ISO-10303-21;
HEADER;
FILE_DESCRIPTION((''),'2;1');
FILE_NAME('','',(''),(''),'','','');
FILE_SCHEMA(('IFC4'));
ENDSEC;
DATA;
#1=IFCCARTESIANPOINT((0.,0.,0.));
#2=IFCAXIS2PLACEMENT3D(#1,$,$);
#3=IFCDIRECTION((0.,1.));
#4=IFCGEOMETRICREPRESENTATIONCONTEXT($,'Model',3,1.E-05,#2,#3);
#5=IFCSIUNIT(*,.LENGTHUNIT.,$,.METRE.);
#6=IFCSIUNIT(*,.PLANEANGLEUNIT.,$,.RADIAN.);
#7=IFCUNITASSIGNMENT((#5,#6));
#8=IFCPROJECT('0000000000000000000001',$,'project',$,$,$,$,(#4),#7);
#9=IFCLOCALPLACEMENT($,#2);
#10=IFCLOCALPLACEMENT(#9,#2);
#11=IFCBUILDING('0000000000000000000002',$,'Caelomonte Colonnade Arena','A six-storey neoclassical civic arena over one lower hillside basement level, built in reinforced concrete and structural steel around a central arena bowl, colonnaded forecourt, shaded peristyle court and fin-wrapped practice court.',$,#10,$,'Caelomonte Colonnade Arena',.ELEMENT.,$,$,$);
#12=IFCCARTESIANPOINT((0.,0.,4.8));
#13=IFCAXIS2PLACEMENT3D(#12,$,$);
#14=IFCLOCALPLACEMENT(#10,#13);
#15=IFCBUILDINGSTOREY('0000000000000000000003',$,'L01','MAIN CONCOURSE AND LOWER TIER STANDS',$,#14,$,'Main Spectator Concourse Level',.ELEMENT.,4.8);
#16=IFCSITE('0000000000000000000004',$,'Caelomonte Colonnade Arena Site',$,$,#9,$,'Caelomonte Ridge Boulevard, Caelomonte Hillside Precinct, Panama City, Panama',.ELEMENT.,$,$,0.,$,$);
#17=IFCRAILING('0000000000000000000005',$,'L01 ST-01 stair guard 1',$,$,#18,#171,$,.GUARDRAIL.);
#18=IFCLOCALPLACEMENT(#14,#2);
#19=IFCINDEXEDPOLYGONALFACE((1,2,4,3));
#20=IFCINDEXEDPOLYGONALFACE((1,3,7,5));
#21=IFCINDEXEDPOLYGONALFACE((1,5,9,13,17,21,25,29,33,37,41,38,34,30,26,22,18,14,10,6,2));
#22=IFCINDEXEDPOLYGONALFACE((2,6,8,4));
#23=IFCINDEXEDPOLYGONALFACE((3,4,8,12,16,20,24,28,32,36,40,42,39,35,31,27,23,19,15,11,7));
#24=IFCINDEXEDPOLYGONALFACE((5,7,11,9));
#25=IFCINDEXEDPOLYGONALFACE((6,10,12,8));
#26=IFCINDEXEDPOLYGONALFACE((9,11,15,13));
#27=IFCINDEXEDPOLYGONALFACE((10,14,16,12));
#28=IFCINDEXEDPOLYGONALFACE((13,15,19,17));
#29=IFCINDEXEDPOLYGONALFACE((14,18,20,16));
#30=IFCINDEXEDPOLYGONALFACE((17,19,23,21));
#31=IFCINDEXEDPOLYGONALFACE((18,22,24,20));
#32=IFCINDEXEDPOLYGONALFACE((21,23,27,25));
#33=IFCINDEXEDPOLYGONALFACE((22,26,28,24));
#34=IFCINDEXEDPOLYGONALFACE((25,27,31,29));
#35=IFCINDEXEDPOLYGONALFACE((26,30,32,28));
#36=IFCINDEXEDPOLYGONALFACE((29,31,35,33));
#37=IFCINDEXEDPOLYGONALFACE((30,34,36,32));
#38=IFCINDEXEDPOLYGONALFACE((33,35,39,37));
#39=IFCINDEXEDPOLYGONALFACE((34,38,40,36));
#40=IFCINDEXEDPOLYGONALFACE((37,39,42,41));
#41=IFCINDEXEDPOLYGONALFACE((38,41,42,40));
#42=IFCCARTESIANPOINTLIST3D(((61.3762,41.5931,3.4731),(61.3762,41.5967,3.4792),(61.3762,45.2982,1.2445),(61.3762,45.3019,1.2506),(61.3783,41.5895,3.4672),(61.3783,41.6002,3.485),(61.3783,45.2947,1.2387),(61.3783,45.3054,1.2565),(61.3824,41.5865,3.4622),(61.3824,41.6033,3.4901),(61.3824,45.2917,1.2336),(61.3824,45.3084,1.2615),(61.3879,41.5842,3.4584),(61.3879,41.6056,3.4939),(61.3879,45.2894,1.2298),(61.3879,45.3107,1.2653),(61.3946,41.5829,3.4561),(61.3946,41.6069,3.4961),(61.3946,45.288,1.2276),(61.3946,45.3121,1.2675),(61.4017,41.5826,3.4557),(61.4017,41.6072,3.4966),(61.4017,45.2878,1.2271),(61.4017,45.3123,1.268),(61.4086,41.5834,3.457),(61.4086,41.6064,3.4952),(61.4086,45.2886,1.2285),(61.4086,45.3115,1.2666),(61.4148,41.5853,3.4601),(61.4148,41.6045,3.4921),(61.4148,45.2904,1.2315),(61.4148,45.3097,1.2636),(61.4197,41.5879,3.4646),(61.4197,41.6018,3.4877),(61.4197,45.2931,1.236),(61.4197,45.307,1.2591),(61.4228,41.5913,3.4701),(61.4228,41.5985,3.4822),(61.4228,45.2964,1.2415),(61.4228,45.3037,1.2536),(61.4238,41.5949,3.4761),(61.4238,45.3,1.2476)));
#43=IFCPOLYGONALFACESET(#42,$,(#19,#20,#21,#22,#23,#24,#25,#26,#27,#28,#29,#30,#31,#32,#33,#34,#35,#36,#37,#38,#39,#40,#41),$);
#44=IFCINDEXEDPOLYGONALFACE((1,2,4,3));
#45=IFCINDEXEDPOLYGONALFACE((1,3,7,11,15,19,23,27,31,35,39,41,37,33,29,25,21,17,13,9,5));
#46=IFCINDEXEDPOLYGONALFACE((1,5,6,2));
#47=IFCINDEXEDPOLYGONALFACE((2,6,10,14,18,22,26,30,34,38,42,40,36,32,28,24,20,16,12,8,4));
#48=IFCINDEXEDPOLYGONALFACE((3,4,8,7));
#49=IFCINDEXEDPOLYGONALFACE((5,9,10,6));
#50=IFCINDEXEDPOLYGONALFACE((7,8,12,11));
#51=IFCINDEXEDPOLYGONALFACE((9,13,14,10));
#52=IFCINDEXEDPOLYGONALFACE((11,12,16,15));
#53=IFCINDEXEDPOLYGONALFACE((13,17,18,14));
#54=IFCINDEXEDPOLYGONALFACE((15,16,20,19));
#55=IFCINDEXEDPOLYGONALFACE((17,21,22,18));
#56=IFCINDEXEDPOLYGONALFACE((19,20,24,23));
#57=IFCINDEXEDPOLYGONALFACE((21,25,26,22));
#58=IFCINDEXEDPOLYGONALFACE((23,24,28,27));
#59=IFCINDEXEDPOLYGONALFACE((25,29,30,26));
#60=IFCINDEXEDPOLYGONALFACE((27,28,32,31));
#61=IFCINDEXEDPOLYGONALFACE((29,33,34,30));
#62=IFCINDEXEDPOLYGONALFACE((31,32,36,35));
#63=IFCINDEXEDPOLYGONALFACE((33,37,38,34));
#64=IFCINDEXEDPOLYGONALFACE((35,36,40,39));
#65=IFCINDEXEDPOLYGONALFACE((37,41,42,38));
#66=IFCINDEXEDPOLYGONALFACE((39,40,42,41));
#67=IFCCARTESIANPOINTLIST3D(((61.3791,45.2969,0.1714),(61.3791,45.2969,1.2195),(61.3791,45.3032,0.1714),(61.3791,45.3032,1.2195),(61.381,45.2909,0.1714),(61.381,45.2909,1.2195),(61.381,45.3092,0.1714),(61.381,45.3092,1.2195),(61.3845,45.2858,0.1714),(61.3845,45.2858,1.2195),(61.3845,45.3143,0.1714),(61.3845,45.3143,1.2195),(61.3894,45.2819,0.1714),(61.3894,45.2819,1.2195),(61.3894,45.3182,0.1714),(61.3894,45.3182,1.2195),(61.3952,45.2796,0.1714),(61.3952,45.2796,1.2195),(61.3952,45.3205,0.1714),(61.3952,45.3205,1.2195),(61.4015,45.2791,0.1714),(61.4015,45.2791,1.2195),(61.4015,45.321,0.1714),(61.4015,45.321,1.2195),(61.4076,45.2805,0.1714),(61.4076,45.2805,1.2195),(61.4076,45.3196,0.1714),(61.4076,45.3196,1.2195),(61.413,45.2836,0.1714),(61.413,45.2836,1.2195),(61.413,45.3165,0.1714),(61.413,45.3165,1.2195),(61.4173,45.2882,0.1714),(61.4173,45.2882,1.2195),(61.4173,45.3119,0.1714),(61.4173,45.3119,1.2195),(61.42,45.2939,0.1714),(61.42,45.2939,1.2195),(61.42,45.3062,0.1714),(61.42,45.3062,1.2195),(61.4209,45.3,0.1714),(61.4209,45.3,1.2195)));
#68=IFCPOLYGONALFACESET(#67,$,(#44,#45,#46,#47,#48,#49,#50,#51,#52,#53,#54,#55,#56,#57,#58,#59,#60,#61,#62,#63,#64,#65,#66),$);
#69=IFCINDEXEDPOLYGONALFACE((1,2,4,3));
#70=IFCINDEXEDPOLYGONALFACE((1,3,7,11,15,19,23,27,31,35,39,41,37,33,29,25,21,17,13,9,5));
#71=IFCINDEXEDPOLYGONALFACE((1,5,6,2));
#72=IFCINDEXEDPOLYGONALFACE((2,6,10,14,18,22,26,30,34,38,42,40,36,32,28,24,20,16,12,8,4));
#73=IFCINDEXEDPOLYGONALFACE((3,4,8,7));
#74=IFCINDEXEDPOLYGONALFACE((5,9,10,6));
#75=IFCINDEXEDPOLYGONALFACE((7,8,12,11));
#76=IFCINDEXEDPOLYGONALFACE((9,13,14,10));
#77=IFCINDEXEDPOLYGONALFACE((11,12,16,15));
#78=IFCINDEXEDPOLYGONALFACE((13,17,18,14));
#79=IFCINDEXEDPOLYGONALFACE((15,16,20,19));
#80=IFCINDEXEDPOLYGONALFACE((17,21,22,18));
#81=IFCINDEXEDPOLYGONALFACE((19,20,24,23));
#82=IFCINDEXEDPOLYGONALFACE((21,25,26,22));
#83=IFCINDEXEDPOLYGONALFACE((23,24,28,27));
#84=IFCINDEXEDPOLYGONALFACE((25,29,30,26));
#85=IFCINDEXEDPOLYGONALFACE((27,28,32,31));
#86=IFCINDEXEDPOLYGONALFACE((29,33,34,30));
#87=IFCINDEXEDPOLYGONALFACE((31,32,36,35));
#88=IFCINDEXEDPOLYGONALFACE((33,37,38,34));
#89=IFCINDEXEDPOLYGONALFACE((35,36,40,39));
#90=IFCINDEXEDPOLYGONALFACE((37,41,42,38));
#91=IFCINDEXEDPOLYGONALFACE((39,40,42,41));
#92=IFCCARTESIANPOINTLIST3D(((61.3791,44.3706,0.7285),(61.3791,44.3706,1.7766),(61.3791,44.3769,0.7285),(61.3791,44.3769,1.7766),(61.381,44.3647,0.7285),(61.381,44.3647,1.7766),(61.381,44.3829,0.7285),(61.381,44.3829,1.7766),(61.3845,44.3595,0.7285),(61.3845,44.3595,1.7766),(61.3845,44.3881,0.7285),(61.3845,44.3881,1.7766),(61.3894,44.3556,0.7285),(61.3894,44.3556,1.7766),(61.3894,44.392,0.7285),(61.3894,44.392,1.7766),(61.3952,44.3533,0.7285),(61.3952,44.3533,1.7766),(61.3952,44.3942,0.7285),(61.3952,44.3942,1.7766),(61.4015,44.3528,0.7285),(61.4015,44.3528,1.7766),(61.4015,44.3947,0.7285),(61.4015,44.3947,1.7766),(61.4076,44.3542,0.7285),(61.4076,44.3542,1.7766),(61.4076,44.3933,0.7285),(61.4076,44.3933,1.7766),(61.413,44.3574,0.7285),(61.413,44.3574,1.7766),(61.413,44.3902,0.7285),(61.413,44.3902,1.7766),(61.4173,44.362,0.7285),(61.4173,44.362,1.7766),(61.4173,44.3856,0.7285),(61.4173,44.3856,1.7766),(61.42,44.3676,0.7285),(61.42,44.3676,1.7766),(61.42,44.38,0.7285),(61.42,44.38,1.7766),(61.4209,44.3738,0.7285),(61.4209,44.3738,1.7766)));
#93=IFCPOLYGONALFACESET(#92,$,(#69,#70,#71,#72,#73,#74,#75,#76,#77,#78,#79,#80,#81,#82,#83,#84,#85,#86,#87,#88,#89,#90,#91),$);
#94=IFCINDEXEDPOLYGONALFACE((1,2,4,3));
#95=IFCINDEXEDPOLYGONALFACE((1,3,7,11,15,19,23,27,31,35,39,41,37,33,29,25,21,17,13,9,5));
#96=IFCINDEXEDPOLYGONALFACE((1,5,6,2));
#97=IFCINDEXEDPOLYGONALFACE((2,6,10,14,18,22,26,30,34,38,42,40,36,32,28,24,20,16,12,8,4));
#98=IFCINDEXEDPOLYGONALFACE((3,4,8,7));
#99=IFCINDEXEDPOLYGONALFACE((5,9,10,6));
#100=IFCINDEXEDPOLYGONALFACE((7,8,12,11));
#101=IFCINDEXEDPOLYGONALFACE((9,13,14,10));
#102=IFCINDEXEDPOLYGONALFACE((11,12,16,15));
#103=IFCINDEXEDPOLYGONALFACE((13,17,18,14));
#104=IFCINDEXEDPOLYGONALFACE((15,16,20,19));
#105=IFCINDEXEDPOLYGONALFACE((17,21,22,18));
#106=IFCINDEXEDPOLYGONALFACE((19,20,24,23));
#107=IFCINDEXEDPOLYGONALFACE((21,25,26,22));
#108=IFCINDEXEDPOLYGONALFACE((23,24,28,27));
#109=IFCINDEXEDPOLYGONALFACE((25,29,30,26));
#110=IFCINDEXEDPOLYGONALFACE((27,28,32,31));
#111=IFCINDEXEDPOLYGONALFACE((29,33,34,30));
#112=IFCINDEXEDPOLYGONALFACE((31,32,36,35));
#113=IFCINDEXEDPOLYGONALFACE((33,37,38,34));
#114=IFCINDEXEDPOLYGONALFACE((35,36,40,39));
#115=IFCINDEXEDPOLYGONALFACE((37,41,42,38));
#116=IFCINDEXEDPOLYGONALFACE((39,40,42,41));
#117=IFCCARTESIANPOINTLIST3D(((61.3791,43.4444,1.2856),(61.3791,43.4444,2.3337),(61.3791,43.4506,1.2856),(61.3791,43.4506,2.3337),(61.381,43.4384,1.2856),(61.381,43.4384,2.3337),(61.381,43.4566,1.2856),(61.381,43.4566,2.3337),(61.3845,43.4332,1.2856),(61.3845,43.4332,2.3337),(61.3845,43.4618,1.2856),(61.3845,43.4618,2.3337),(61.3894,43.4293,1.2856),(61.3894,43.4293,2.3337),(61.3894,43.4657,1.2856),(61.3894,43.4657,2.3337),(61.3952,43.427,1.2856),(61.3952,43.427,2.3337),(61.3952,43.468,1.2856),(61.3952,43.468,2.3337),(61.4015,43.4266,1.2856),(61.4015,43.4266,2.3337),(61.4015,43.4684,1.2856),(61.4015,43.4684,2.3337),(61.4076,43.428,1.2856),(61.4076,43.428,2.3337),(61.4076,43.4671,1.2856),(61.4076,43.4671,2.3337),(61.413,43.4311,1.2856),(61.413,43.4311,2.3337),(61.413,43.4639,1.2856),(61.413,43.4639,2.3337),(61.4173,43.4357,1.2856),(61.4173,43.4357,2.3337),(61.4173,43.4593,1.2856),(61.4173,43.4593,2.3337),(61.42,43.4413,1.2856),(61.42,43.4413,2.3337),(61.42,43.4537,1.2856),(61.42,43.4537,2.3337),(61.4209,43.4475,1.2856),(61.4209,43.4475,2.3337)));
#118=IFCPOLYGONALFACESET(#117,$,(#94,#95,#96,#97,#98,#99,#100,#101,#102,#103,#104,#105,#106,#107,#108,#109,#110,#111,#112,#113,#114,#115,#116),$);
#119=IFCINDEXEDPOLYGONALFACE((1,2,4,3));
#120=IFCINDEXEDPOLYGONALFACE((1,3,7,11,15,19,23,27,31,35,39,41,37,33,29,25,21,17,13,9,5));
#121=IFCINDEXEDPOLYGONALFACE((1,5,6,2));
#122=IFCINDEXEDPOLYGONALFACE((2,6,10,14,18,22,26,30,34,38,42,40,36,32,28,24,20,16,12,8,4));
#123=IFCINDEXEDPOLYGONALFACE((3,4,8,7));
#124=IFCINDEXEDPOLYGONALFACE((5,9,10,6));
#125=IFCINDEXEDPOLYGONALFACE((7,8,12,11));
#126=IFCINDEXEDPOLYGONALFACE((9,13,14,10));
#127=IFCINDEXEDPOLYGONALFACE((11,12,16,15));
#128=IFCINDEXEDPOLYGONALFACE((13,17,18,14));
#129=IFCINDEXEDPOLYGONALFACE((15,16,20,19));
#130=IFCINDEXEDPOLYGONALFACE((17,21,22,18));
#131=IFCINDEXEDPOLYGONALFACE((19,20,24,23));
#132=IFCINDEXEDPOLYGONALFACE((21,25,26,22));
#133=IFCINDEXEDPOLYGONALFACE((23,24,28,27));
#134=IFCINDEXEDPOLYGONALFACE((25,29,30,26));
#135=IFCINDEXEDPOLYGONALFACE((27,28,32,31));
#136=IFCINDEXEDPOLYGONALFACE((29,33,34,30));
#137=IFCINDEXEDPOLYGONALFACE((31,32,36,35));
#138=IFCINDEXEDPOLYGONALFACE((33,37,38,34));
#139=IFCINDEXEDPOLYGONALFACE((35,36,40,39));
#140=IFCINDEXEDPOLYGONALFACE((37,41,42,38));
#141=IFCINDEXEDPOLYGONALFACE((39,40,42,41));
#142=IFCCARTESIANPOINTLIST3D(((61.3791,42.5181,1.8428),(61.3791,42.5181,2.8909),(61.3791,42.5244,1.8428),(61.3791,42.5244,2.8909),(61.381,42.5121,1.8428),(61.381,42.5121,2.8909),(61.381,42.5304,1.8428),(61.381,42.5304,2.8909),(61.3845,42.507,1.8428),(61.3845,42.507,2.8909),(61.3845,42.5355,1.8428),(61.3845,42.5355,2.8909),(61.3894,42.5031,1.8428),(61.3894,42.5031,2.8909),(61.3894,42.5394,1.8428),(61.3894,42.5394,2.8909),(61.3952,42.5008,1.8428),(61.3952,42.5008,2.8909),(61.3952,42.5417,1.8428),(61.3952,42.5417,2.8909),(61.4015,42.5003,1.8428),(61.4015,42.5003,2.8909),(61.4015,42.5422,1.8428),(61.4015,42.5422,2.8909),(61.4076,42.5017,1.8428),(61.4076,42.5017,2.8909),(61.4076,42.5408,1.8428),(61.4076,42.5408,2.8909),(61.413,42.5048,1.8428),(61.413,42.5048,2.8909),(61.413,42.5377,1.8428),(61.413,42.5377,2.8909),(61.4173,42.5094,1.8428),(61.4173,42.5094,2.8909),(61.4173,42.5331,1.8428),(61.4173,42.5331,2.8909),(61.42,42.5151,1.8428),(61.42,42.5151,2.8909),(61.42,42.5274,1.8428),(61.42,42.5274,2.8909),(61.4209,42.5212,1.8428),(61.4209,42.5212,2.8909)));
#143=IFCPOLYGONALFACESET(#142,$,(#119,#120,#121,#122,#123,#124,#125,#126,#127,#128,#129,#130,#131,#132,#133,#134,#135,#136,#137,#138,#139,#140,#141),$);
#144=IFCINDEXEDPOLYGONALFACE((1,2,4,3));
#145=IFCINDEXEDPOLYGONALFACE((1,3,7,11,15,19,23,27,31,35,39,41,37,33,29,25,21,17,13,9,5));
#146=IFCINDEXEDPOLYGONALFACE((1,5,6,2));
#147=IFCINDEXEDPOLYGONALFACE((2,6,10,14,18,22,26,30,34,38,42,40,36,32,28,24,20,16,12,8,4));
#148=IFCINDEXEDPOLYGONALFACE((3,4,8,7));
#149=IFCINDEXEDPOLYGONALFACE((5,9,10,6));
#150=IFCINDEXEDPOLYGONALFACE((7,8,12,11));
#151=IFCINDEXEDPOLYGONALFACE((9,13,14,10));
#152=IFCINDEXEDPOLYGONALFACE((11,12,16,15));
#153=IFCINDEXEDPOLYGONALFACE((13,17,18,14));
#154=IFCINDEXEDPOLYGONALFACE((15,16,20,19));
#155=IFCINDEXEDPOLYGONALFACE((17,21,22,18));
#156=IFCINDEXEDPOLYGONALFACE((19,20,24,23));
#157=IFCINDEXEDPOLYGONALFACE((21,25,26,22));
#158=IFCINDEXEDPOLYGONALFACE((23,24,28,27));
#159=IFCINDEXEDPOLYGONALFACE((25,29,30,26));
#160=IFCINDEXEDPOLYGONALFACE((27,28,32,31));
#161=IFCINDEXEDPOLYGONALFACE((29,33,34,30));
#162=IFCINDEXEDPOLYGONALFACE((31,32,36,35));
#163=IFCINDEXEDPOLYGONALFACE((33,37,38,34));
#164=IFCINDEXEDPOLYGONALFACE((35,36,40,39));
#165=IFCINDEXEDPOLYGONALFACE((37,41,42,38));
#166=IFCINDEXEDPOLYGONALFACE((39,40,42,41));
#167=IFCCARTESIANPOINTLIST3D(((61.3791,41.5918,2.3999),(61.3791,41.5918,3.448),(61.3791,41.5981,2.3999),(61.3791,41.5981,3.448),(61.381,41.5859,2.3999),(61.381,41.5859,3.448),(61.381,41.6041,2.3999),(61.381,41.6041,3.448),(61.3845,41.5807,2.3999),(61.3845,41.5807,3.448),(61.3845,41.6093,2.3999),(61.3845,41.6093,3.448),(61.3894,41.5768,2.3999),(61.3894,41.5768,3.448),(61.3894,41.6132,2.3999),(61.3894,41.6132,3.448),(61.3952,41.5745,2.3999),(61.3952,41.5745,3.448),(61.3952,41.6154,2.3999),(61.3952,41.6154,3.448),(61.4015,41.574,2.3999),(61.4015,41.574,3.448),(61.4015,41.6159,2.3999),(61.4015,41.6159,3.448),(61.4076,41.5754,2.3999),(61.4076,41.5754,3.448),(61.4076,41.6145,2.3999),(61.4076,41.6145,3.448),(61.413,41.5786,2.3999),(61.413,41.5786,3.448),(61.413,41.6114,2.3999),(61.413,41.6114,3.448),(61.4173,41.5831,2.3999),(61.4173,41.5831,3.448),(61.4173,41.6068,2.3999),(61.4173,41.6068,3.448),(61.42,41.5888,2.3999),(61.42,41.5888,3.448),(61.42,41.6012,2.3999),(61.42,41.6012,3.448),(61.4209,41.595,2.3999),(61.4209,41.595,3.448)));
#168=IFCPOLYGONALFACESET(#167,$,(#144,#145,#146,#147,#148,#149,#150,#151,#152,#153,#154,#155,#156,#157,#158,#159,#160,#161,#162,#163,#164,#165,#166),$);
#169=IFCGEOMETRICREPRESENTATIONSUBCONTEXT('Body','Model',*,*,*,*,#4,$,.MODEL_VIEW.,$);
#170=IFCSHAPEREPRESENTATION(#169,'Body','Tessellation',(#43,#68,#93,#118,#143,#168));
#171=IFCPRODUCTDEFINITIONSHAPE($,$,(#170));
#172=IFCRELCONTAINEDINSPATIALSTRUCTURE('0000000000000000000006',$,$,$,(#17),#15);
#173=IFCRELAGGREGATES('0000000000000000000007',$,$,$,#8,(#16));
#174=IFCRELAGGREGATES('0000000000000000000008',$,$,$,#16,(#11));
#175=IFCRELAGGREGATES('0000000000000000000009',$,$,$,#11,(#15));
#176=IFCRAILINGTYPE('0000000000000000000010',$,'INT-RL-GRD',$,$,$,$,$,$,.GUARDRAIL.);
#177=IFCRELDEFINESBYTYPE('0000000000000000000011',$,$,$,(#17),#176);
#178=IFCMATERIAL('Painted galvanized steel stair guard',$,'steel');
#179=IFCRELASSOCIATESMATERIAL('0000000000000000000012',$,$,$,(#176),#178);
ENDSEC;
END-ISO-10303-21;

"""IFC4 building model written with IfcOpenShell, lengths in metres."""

from ifc_helpers import new_model, si_unit, direction, frame, origin, origin_2d, place, context, subcontext, project, spatial, circle, extrude, material, type_object, element, save


model = new_model("IFC4")

# Units and contexts
model_context = context("Model", 3, precision=1e-05, world=origin(), true_north=direction((0.0, 1.0)))
body_context = subcontext(model_context, "Body", "Model", "MODEL_VIEW")
ifc_project = project(units=[si_unit("LENGTHUNIT", "METRE"), si_unit("PLANEANGLEUNIT", "RADIAN")], contexts=[model_context])

# Site, building, storey
site_placement = place(None, origin())
site = spatial("IfcSite", under=ifc_project, at=site_placement, Name="Caelomonte Colonnade Arena Site", LongName="Caelomonte Ridge Boulevard, Caelomonte Hillside Precinct, Panama City, Panama", CompositionType="ELEMENT", RefElevation=0.0)
building_placement = place(site_placement, origin())
building = spatial("IfcBuilding", under=site, at=building_placement, Name="Caelomonte Colonnade Arena", Description="A six-storey neoclassical civic arena over one lower hillside basement level, built in reinforced concrete and structural steel around a central arena bowl, colonnaded forecourt, shaded peristyle court and fin-wrapped practice court.", LongName="Caelomonte Colonnade Arena", CompositionType="ELEMENT")
storey_placement = place(building_placement, frame((0.0, 0.0, 4.8)))
storey = spatial("IfcBuildingStorey", under=building, at=storey_placement, Name="L01", Description="MAIN CONCOURSE AND LOWER TIER STANDS", LongName="Main Spectator Concourse Level", CompositionType="ELEMENT", Elevation=4.8)

# Railing
ifc_material_1 = material(Name="Painted galvanized steel stair guard", Category="steel")
railing_type_1 = type_object("IfcRailingType", Name="INT-RL-GRD", PredefinedType="GUARDRAIL", material=ifc_material_1)
railing_1_placement = place(storey_placement, frame((61.3999, 45.3, 0.1714)))
element("IfcRailing", 1, at=railing_1_placement, inside=storey, type_object=railing_type_1, Name="L01 ST-01 stair guard 1", PredefinedType="GUARDRAIL", context=body_context, shape_type="SweptSolid", body=[
    extrude(circle(Radius=0.0239, at=origin_2d()), frame((0.0, 0.0, 1.0762), z_axis=(0.0, -0.856934, 0.515425), x_axis=(1.0, 0.0, 0.0)), (0.0, 0.0, 1.0), 4.3237),
    extrude(circle(Radius=0.021, at=origin_2d()), origin(), (0.0, 0.0, 1.0), 1.0481),
    extrude(circle(Radius=0.021, at=origin_2d()), frame((0.0, -0.9263, 0.5571)), (0.0, 0.0, 1.0), 1.0481),
    extrude(circle(Radius=0.021, at=origin_2d()), frame((0.0, -1.8525, 1.1143)), (0.0, 0.0, 1.0), 1.0481),
    extrude(circle(Radius=0.021, at=origin_2d()), frame((0.0, -2.7788, 1.6714)), (0.0, 0.0, 1.0), 1.0481),
    extrude(circle(Radius=0.021, at=origin_2d()), frame((0.0, -3.7051, 2.2285)), (0.0, 0.0, 1.0), 1.0481),
])

save(model, "model.ifc")
